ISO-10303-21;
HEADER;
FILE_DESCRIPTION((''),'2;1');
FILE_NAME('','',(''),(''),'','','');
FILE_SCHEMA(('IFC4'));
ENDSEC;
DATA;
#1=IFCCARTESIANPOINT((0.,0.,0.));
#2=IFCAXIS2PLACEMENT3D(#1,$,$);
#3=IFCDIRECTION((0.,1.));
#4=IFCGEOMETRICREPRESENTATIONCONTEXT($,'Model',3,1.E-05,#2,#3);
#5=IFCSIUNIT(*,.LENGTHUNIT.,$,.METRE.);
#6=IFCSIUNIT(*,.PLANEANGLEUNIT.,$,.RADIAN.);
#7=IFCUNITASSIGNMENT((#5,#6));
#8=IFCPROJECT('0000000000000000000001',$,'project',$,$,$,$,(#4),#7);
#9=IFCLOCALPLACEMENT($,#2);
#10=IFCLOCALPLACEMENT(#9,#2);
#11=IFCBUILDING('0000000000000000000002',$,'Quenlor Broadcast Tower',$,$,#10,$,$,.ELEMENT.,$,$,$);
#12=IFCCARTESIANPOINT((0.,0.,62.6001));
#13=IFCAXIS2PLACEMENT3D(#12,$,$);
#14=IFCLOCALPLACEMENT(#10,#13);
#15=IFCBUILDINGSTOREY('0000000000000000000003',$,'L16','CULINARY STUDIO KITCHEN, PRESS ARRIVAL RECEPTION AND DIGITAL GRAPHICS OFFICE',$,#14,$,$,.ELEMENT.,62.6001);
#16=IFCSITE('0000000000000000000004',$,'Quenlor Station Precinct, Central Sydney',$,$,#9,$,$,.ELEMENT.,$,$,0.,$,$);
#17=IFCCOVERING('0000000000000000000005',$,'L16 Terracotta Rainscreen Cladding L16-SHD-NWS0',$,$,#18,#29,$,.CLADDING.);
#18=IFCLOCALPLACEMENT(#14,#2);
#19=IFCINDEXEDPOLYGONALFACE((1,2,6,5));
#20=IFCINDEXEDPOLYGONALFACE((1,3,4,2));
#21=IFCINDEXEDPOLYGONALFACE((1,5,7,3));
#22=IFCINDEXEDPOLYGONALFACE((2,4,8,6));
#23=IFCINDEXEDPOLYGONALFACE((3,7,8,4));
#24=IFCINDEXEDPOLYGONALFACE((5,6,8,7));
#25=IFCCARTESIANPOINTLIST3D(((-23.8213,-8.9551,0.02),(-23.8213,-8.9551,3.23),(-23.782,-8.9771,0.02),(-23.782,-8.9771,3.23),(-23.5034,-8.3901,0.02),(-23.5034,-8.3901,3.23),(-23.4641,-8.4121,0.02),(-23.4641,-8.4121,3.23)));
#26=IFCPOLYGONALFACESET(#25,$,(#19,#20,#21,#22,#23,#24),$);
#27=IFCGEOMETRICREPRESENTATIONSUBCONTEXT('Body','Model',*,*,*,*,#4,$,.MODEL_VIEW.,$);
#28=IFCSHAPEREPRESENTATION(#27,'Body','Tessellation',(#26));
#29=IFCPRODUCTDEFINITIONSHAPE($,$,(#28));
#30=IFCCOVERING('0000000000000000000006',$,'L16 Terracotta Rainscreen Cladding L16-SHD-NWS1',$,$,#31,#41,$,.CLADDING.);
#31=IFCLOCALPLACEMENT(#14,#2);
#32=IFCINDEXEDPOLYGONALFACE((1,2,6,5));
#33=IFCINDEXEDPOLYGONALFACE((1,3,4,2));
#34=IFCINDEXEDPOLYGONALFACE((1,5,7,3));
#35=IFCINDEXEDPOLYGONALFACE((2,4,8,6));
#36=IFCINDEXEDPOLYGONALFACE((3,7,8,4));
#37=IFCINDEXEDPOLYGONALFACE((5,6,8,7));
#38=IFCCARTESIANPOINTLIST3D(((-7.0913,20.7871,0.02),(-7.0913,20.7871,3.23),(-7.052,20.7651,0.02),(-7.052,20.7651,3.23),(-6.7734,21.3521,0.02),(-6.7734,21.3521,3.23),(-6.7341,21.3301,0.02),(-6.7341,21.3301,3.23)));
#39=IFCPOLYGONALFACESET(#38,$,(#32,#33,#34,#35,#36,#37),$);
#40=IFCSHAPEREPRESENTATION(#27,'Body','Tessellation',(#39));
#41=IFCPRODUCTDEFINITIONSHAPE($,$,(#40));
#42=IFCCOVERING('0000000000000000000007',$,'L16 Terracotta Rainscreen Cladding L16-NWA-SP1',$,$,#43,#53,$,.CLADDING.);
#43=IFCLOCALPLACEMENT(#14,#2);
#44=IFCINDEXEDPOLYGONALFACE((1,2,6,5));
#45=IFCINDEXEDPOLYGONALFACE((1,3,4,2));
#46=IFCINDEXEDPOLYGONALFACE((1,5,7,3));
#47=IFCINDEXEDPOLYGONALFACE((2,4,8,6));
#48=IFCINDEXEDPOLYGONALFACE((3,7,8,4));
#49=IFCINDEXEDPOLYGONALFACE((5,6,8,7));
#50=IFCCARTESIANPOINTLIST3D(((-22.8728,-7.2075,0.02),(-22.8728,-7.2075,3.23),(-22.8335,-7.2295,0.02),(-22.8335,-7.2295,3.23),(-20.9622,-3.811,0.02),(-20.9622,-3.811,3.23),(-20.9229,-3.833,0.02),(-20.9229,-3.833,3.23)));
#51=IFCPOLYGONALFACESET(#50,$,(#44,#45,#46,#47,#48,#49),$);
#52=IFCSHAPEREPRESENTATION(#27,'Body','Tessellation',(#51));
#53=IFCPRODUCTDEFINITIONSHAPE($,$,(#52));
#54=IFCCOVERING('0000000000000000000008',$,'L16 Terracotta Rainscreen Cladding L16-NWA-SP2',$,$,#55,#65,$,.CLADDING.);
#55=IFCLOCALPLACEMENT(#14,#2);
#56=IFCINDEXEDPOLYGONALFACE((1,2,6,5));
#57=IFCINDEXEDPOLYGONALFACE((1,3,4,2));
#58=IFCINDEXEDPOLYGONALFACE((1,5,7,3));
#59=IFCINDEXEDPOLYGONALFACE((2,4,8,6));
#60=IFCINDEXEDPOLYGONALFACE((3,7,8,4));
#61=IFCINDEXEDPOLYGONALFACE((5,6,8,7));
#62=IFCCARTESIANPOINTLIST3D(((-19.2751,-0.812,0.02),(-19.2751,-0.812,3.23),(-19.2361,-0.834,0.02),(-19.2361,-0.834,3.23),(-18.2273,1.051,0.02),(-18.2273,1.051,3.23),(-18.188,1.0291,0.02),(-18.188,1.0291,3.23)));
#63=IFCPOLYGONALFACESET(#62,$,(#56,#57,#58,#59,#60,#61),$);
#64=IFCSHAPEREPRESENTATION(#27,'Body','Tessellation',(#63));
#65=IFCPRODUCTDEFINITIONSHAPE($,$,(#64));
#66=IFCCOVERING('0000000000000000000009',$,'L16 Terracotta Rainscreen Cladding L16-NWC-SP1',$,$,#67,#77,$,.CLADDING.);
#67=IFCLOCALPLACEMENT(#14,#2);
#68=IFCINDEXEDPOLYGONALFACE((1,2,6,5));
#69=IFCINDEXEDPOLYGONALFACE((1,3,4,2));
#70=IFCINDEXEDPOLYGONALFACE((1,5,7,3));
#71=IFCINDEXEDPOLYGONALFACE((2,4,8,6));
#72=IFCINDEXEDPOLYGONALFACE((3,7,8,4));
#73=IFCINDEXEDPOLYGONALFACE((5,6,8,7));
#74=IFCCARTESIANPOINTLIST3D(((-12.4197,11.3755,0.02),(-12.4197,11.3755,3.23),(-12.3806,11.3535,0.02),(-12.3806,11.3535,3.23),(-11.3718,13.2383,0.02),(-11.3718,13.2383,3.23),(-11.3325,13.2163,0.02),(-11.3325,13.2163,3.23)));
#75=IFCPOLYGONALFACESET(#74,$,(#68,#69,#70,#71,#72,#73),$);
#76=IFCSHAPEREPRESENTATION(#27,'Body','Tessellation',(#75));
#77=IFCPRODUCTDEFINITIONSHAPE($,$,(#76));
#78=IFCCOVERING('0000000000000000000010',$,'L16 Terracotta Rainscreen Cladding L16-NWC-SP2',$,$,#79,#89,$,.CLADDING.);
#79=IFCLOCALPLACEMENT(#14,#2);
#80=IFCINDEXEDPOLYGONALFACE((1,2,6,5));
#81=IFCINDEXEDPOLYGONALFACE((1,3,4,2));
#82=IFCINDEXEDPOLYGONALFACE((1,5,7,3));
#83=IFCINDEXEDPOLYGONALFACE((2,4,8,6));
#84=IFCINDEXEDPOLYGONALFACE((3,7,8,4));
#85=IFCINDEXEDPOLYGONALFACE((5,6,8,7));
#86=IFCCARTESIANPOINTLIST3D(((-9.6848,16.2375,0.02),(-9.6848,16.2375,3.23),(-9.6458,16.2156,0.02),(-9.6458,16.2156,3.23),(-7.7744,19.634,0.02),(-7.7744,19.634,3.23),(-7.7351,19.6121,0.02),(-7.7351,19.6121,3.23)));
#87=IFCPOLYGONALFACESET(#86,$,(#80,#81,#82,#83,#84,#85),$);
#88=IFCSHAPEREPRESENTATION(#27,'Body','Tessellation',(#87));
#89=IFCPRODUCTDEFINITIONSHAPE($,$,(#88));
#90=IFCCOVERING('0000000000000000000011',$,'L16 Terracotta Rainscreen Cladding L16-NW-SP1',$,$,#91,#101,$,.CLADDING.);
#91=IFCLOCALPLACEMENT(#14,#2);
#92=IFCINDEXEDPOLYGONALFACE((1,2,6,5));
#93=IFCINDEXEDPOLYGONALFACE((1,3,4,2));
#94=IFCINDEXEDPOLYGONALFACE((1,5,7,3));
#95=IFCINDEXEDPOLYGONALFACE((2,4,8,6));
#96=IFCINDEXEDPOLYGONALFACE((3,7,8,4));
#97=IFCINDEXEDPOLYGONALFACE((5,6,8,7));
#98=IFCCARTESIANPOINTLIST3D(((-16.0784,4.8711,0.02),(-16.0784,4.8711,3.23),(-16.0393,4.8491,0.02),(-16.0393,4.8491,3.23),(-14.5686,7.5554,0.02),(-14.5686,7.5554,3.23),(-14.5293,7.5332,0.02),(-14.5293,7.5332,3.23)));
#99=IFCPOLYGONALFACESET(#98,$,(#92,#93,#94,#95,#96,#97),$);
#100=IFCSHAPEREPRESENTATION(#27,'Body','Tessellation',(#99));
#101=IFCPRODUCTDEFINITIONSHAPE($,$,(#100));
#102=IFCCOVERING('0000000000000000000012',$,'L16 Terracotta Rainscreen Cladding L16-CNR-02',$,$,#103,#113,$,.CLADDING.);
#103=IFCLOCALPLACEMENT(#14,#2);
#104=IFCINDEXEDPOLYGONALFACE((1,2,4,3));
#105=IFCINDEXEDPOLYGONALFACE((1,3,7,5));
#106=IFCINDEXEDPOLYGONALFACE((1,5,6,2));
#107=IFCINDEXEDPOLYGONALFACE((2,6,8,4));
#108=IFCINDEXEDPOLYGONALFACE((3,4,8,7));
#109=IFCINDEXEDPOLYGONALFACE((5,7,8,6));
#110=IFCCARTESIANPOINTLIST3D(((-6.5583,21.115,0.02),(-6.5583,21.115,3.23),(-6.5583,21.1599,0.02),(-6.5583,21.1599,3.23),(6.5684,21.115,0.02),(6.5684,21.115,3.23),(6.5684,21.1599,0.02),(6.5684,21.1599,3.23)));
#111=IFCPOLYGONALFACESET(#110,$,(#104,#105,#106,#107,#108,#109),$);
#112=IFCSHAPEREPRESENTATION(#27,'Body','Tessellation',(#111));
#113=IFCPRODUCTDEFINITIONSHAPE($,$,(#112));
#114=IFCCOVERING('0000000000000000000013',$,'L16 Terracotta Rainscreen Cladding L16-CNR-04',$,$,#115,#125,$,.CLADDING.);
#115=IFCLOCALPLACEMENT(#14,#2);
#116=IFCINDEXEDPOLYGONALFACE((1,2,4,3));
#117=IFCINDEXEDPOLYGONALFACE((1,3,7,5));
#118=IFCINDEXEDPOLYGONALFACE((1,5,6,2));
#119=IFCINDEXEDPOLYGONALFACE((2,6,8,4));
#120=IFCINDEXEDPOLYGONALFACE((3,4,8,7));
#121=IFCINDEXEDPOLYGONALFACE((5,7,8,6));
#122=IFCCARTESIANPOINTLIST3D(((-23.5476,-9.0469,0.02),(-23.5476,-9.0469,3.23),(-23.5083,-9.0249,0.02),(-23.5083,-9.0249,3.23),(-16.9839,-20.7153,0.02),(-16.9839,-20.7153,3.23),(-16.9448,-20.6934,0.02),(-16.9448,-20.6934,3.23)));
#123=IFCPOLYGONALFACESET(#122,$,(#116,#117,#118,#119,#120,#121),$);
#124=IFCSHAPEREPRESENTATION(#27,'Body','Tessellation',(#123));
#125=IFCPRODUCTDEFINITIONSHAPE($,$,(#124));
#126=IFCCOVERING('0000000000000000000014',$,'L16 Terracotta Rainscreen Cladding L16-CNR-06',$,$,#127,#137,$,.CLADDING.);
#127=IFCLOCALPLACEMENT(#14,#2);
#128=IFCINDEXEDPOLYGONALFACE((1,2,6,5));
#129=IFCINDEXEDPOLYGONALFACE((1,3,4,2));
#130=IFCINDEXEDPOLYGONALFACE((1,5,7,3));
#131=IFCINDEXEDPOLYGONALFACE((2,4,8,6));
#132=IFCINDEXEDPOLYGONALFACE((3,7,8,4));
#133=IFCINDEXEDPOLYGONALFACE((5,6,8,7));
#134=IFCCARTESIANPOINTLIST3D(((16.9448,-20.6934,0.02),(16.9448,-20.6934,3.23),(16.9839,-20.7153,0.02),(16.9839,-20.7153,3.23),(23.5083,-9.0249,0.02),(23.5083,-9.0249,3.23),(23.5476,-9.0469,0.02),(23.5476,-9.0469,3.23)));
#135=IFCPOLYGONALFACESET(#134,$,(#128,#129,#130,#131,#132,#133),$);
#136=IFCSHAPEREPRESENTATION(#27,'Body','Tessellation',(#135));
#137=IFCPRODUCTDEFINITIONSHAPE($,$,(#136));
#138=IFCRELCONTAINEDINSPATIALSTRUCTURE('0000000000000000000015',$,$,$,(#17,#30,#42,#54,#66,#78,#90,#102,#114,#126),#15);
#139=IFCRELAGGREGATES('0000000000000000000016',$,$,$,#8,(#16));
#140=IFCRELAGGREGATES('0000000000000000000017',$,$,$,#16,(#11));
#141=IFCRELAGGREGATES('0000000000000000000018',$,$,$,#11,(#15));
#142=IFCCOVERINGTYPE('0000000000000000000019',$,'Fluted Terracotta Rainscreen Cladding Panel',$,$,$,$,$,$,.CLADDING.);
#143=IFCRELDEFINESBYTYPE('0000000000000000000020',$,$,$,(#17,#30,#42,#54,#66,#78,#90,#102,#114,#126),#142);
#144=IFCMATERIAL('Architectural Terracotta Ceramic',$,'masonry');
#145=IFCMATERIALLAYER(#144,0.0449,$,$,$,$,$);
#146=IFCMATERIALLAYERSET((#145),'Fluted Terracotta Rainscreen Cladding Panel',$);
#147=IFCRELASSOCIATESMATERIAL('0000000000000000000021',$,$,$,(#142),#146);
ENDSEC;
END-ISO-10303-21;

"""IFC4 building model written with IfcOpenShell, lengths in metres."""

from ifc_helpers import new_model, si_unit, direction, frame, origin, place, context, subcontext, project, spatial, polyline, outline, extrude, material, layer, layer_set, type_object, element, save


model = new_model("IFC4")

# Units and contexts
model_context = context("Model", 3, precision=1e-05, world=origin(), true_north=direction((0.0, 1.0)))
body_context = subcontext(model_context, "Body", "Model", "MODEL_VIEW")
ifc_project = project(units=[si_unit("LENGTHUNIT", "METRE"), si_unit("PLANEANGLEUNIT", "RADIAN")], contexts=[model_context])

# Site, building, storey
site_placement = place(None, origin())
site = spatial("IfcSite", under=ifc_project, at=site_placement, Name="Quenlor Station Precinct, Central Sydney", CompositionType="ELEMENT", RefElevation=0.0)
building_placement = place(site_placement, origin())
building = spatial("IfcBuilding", under=site, at=building_placement, Name="Quenlor Broadcast Tower", CompositionType="ELEMENT")
storey_placement = place(building_placement, frame((0.0, 0.0, 62.6001)))
storey = spatial("IfcBuildingStorey", under=building, at=storey_placement, Name="L16", Description="CULINARY STUDIO KITCHEN, PRESS ARRIVAL RECEPTION AND DIGITAL GRAPHICS OFFICE", CompositionType="ELEMENT", Elevation=62.6001)

# Coverings
ifc_material_1 = material(Name="Architectural Terracotta Ceramic", Category="masonry")
ifc_layer_1 = layer(ifc_material_1, 0.0449)
ifc_layer_set_1 = layer_set([ifc_layer_1], Name="Fluted Terracotta Rainscreen Cladding Panel")
covering_type = type_object("IfcCoveringType", Name="Fluted Terracotta Rainscreen Cladding Panel", PredefinedType="CLADDING", material=ifc_layer_set_1)
covering_1_placement = place(storey_placement, frame((0.0, 0.0, 0.02)))
element("IfcCovering", 1, at=covering_1_placement, inside=storey, type_object=covering_type, Name="L16 Terracotta Rainscreen Cladding L16-SHD-NWS0", PredefinedType="CLADDING", context=body_context, shape_type="SweptSolid", body=[
    extrude(outline(polyline([(-23.782, -8.9771), (-23.4641, -8.4121), (-23.5034, -8.3901), (-23.8213, -8.9551), (-23.782, -8.9771)])), origin(), (0.0, 0.0, 1.0), 3.21),
])
covering_2_placement = place(storey_placement, frame((0.0, 0.0, 0.02)))
element("IfcCovering", 2, at=covering_2_placement, inside=storey, type_object=covering_type, Name="L16 Terracotta Rainscreen Cladding L16-SHD-NWS1", PredefinedType="CLADDING", context=body_context, shape_type="SweptSolid", body=[
    extrude(outline(polyline([(-7.052, 20.7651), (-6.7341, 21.3301), (-6.7734, 21.3521), (-7.0913, 20.7871), (-7.052, 20.7651)])), origin(), (0.0, 0.0, 1.0), 3.21),
])
covering_3_placement = place(storey_placement, frame((0.0, 0.0, 0.02)))
element("IfcCovering", 3, at=covering_3_placement, inside=storey, type_object=covering_type, Name="L16 Terracotta Rainscreen Cladding L16-NWA-SP1", PredefinedType="CLADDING", context=body_context, shape_type="SweptSolid", body=[
    extrude(outline(polyline([(-22.8335, -7.2295), (-20.9229, -3.833), (-20.9622, -3.811), (-22.8728, -7.2075), (-22.8335, -7.2295)])), origin(), (0.0, 0.0, 1.0), 3.21),
])
covering_4_placement = place(storey_placement, frame((0.0, 0.0, 0.02)))
element("IfcCovering", 4, at=covering_4_placement, inside=storey, type_object=covering_type, Name="L16 Terracotta Rainscreen Cladding L16-NWA-SP2", PredefinedType="CLADDING", context=body_context, shape_type="SweptSolid", body=[
    extrude(outline(polyline([(-19.2361, -0.834), (-18.188, 1.0291), (-18.2273, 1.051), (-19.2751, -0.812), (-19.2361, -0.834)])), origin(), (0.0, 0.0, 1.0), 3.21),
])
covering_5_placement = place(storey_placement, frame((0.0, 0.0, 0.02)))
element("IfcCovering", 5, at=covering_5_placement, inside=storey, type_object=covering_type, Name="L16 Terracotta Rainscreen Cladding L16-NWC-SP1", PredefinedType="CLADDING", context=body_context, shape_type="SweptSolid", body=[
    extrude(outline(polyline([(-12.3806, 11.3535), (-11.3325, 13.2163), (-11.3718, 13.2383), (-12.4197, 11.3755), (-12.3806, 11.3535)])), origin(), (0.0, 0.0, 1.0), 3.21),
])
covering_6_placement = place(storey_placement, frame((0.0, 0.0, 0.02)))
element("IfcCovering", 6, at=covering_6_placement, inside=storey, type_object=covering_type, Name="L16 Terracotta Rainscreen Cladding L16-NWC-SP2", PredefinedType="CLADDING", context=body_context, shape_type="SweptSolid", body=[
    extrude(outline(polyline([(-9.6458, 16.2156), (-7.7351, 19.6121), (-7.7744, 19.634), (-9.6848, 16.2375), (-9.6458, 16.2156)])), origin(), (0.0, 0.0, 1.0), 3.21),
])
covering_7_placement = place(storey_placement, frame((0.0, 0.0, 0.02)))
element("IfcCovering", 7, at=covering_7_placement, inside=storey, type_object=covering_type, Name="L16 Terracotta Rainscreen Cladding L16-NW-SP1", PredefinedType="CLADDING", context=body_context, shape_type="SweptSolid", body=[
    extrude(outline(polyline([(-16.0393, 4.8491), (-14.5293, 7.5332), (-14.5686, 7.5554), (-16.0784, 4.8711), (-16.0393, 4.8491)])), origin(), (0.0, 0.0, 1.0), 3.21),
])
covering_8_placement = place(storey_placement, frame((0.0, 0.0, 0.02)))
element("IfcCovering", 8, at=covering_8_placement, inside=storey, type_object=covering_type, Name="L16 Terracotta Rainscreen Cladding L16-CNR-02", PredefinedType="CLADDING", context=body_context, shape_type="SweptSolid", body=[
    extrude(outline(polyline([(6.5684, 21.1599), (-6.5583, 21.1599), (-6.5583, 21.115), (6.5684, 21.115), (6.5684, 21.1599)])), origin(), (0.0, 0.0, 1.0), 3.21),
])
covering_9_placement = place(storey_placement, frame((0.0, 0.0, 0.02)))
element("IfcCovering", 9, at=covering_9_placement, inside=storey, type_object=covering_type, Name="L16 Terracotta Rainscreen Cladding L16-CNR-04", PredefinedType="CLADDING", context=body_context, shape_type="SweptSolid", body=[
    extrude(outline(polyline([(-23.5476, -9.0469), (-16.9839, -20.7153), (-16.9448, -20.6934), (-23.5083, -9.0249), (-23.5476, -9.0469)])), origin(), (0.0, 0.0, 1.0), 3.21),
])
covering_10_placement = place(storey_placement, frame((0.0, 0.0, 0.02)))
element("IfcCovering", 10, at=covering_10_placement, inside=storey, type_object=covering_type, Name="L16 Terracotta Rainscreen Cladding L16-CNR-06", PredefinedType="CLADDING", context=body_context, shape_type="SweptSolid", body=[
    extrude(outline(polyline([(16.9839, -20.7153), (23.5476, -9.0469), (23.5083, -9.0249), (16.9448, -20.6934), (16.9839, -20.7153)])), origin(), (0.0, 0.0, 1.0), 3.21),
])

save(model, "model.ifc")
